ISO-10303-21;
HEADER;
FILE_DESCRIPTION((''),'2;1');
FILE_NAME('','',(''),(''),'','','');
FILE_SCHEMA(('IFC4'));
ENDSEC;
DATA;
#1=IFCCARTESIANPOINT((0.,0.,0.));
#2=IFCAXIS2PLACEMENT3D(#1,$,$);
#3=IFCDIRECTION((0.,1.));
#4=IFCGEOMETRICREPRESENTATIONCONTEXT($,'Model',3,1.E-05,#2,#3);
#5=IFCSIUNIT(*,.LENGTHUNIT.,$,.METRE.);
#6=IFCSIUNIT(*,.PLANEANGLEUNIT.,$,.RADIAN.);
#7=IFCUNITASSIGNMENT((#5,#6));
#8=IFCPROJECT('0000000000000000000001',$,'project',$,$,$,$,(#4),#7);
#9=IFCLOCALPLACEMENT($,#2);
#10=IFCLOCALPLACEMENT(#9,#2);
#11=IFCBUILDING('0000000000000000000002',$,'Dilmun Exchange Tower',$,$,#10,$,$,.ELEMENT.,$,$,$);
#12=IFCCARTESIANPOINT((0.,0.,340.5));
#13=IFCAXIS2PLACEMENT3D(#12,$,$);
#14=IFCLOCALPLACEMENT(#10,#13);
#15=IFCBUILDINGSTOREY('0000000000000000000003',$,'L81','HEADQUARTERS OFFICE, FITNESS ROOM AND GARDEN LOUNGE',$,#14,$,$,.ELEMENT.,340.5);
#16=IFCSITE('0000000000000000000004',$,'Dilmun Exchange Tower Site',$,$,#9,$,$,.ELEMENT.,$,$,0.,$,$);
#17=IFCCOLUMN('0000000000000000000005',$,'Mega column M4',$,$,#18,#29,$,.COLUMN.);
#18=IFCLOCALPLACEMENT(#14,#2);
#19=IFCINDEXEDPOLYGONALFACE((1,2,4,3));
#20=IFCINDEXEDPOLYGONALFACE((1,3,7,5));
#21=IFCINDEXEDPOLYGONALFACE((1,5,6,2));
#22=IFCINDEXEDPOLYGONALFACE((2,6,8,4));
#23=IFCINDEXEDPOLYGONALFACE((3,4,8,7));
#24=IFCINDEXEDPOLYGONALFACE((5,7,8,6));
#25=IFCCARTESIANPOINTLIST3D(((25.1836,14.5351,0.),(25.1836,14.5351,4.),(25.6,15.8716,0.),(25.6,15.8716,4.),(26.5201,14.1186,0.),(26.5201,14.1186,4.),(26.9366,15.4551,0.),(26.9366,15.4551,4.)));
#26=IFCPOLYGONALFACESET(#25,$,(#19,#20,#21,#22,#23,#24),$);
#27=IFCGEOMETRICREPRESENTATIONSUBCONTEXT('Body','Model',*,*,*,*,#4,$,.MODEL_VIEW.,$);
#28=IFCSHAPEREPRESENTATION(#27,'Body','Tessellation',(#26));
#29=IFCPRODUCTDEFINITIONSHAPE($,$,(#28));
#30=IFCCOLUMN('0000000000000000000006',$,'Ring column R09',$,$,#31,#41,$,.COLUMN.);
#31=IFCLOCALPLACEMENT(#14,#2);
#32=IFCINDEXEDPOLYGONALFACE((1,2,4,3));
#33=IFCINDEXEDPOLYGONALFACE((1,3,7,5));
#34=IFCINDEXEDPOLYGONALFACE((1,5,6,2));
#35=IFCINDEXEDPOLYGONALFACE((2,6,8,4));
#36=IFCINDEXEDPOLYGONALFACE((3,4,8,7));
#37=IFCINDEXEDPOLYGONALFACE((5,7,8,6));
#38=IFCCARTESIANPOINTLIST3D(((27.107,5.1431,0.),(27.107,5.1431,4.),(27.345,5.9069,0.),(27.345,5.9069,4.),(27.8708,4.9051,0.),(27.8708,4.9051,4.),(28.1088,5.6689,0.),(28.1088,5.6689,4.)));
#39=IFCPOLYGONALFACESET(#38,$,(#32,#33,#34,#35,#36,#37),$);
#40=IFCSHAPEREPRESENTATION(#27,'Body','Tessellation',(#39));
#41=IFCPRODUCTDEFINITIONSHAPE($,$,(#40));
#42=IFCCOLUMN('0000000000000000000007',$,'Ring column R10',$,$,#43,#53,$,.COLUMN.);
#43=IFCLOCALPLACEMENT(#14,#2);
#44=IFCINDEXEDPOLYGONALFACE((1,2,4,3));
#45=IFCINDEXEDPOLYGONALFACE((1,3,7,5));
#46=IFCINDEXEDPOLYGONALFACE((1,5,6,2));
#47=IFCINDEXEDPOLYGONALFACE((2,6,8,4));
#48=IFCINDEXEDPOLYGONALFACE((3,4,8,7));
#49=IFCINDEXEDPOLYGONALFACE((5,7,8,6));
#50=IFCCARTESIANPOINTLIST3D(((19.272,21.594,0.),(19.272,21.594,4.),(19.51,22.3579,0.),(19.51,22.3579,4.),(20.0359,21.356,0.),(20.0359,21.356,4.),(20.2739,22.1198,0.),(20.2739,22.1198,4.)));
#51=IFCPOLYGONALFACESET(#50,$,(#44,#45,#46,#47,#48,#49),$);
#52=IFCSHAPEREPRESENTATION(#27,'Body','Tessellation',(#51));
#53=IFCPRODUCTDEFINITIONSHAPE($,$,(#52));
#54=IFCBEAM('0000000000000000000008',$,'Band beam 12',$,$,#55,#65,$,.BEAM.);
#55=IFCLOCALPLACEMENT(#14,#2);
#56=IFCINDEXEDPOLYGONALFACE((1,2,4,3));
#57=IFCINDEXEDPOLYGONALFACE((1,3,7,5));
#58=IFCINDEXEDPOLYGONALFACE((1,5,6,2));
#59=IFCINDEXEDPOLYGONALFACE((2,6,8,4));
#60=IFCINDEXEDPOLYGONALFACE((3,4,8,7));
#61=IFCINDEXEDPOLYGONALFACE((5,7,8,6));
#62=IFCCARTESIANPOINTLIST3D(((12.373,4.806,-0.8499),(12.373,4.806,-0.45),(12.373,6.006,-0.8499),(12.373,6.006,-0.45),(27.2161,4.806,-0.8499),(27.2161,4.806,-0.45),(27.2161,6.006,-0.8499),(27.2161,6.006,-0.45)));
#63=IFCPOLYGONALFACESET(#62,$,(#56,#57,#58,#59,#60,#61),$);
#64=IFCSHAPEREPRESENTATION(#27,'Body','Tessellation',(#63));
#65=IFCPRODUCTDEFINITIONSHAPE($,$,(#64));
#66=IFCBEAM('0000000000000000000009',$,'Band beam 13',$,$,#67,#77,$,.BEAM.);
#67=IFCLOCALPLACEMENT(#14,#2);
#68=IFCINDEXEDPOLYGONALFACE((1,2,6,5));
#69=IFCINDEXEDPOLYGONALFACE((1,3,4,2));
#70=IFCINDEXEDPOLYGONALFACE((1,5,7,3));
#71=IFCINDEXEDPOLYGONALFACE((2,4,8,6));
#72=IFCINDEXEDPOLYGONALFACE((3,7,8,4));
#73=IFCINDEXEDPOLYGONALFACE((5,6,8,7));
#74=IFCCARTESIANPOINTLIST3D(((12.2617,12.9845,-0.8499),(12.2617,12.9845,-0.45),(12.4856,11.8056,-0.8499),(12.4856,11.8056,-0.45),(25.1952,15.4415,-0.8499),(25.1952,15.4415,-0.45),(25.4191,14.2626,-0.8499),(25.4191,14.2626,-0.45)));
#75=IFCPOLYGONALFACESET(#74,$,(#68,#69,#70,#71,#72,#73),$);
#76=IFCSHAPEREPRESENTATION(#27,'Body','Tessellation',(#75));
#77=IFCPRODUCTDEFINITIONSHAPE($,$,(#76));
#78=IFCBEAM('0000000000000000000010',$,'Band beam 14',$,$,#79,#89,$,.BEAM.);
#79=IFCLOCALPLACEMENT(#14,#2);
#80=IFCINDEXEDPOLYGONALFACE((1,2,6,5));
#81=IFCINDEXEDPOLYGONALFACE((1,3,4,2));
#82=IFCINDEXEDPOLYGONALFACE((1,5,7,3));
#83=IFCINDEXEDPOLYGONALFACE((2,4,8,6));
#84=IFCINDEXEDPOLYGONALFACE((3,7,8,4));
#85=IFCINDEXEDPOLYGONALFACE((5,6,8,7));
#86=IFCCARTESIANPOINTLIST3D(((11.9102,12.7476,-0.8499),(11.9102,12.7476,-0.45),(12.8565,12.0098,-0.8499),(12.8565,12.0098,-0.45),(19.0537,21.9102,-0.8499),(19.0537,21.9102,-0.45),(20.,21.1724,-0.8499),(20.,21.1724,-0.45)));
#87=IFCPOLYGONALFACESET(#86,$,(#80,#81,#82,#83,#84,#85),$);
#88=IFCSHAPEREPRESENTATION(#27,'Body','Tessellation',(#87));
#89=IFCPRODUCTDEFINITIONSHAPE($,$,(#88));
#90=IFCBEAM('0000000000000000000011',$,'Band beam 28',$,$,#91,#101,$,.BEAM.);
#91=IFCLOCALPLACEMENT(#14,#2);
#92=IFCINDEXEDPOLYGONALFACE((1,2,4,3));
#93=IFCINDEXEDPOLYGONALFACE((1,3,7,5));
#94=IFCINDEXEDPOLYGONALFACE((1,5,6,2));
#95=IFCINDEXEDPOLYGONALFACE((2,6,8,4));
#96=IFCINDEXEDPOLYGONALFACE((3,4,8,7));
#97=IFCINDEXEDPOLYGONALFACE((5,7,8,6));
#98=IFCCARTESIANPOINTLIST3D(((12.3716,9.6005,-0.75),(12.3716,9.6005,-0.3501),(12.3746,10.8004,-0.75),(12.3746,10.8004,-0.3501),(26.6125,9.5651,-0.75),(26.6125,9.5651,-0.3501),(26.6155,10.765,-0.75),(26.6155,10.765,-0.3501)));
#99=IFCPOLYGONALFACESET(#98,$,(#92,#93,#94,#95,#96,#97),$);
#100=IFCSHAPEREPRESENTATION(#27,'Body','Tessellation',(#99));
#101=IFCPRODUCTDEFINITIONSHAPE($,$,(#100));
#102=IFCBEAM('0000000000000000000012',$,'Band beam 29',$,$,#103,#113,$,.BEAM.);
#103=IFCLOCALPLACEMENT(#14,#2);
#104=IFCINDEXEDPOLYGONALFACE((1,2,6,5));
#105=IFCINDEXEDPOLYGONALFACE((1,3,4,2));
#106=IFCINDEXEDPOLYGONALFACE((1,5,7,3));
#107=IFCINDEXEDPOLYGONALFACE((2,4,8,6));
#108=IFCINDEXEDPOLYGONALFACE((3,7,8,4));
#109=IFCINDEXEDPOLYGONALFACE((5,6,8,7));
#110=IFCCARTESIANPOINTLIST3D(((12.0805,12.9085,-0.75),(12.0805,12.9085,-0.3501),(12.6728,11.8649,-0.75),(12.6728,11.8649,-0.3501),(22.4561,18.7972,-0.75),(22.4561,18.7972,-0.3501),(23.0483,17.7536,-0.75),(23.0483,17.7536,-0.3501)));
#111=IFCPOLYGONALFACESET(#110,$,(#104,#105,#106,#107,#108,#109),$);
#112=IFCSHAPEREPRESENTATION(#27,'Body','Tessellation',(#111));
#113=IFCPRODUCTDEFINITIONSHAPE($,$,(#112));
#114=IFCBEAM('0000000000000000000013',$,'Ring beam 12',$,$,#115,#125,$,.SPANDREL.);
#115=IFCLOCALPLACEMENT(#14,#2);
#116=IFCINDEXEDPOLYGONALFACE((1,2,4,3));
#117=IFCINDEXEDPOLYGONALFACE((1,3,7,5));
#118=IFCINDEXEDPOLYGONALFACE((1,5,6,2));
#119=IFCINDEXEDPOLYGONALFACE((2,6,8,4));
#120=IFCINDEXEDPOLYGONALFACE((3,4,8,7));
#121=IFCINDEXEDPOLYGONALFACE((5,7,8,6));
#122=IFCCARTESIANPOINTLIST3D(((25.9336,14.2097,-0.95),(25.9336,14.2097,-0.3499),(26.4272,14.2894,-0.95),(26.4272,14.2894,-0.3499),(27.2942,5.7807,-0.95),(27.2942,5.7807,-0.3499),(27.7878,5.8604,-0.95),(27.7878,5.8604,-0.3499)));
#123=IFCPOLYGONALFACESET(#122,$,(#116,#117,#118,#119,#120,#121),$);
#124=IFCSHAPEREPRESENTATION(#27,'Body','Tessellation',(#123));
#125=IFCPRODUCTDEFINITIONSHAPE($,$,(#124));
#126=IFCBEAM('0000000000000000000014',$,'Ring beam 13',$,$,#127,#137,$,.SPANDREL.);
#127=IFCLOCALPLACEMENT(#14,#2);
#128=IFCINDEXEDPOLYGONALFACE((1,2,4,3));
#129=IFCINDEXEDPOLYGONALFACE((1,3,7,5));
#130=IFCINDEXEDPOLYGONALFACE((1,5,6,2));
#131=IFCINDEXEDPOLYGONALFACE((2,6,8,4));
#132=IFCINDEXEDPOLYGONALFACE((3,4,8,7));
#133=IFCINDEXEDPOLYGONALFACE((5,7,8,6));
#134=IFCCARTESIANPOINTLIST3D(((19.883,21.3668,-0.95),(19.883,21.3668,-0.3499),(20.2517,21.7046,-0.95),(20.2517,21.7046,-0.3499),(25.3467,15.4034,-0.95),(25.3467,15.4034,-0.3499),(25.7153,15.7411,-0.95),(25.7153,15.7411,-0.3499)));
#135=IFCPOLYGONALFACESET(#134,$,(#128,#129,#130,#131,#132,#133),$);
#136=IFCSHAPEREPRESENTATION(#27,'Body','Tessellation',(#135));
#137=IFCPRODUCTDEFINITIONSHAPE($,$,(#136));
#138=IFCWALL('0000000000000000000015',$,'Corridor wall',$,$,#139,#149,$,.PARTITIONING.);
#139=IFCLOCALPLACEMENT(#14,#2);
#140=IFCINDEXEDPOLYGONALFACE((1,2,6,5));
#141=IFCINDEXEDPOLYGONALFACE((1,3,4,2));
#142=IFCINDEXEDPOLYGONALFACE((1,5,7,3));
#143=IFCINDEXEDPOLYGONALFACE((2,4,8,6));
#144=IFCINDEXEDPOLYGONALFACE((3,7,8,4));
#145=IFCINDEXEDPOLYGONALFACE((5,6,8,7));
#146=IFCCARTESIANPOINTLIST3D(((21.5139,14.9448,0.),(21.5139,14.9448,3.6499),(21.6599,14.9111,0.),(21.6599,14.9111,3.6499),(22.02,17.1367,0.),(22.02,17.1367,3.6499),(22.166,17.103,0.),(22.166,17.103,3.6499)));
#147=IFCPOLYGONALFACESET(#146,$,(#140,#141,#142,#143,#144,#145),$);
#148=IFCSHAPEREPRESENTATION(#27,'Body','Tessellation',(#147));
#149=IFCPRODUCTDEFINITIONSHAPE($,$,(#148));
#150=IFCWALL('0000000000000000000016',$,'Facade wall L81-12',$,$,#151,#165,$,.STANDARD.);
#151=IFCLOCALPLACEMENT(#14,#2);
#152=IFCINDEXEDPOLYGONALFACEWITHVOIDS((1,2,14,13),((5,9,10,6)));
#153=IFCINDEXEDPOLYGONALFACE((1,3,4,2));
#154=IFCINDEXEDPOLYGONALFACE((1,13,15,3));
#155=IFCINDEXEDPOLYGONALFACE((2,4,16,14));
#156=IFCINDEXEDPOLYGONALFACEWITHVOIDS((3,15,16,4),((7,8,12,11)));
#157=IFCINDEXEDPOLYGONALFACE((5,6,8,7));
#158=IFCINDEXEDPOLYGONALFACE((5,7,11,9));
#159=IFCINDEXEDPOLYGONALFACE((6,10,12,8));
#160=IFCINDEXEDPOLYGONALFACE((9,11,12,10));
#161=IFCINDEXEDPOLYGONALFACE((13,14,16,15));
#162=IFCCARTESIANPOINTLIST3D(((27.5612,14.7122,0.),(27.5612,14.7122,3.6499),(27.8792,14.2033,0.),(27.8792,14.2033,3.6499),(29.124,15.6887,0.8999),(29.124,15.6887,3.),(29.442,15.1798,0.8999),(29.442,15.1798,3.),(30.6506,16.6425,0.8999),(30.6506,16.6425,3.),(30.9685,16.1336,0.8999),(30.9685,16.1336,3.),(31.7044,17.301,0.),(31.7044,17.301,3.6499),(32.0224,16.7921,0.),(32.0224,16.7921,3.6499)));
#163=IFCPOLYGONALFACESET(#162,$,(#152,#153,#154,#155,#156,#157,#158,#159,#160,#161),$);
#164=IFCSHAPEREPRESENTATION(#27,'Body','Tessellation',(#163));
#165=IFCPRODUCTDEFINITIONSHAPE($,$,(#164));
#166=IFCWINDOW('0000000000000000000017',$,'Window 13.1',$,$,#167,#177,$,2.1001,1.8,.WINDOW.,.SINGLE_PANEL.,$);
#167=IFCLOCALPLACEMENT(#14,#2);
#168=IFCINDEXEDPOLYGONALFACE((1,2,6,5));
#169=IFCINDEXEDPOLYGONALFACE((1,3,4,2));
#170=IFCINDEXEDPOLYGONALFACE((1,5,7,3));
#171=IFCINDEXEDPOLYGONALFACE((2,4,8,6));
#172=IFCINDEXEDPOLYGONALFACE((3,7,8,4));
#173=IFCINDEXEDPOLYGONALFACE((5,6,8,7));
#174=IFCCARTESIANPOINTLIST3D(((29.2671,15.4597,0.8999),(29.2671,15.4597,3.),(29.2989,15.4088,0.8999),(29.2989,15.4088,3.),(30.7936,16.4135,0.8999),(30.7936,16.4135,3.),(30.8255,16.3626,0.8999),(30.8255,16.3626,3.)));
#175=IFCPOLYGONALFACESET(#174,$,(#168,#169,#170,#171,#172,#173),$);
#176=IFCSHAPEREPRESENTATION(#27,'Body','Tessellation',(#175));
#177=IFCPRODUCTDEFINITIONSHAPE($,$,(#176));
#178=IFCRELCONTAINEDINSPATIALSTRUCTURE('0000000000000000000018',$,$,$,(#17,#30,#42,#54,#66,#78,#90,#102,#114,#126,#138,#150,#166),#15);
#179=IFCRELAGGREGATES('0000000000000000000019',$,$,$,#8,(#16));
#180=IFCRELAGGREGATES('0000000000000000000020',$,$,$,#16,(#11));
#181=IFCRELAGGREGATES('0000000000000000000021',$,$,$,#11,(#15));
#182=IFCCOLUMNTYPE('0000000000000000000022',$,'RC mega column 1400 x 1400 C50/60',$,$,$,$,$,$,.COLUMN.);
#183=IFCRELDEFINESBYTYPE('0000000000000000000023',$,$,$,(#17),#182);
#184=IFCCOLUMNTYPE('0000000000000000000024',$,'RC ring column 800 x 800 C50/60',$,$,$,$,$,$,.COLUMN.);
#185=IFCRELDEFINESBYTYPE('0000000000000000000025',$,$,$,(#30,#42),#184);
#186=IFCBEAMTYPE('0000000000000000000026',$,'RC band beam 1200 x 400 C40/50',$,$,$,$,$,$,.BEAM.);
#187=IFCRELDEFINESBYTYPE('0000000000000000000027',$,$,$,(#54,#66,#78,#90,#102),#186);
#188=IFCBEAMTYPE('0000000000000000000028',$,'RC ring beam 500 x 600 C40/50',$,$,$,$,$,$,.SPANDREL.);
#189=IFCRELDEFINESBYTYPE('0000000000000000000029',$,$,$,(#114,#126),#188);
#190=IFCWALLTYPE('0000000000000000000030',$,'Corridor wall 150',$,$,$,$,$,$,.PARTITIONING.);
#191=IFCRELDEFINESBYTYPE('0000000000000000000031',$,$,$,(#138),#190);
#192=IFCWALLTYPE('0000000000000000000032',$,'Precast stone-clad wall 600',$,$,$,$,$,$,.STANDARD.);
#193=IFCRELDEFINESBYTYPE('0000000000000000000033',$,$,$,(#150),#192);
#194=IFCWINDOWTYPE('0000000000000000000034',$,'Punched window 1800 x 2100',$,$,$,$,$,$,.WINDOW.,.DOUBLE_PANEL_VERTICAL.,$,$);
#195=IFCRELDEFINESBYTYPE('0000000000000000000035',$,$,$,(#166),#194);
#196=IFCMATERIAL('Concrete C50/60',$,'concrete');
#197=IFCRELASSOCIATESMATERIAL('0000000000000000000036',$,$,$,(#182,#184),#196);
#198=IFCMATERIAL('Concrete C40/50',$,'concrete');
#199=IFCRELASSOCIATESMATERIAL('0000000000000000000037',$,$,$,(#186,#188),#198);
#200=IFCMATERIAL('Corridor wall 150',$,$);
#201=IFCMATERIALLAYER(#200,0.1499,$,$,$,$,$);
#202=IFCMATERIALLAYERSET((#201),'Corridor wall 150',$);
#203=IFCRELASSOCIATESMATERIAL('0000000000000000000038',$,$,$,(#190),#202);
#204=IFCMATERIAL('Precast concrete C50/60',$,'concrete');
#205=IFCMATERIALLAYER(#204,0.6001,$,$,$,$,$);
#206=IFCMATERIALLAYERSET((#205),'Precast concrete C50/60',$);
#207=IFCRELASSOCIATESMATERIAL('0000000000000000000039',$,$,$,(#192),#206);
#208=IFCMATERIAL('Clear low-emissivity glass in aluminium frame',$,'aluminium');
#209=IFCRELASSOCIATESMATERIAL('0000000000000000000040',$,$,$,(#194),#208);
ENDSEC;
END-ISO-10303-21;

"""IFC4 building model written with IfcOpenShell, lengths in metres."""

from ifc_helpers import new_model, si_unit, direction, frame, frame_2d, origin, origin_2d, place, context, subcontext, project, spatial, rectangle, extrude, material, layer, layer_set, material_profile, profile_set, type_object, element, fill, save


model = new_model("IFC4")

# Units and contexts
model_context = context("Model", 3, precision=1e-05, world=origin(), true_north=direction((0.0, 1.0)))
body_context = subcontext(model_context, "Body", "Model", "MODEL_VIEW")
ifc_project = project(units=[si_unit("LENGTHUNIT", "METRE"), si_unit("PLANEANGLEUNIT", "RADIAN")], contexts=[model_context])

# Site, building, storey
site_placement = place(None, origin())
site = spatial("IfcSite", under=ifc_project, at=site_placement, Name="Dilmun Exchange Tower Site", CompositionType="ELEMENT", RefElevation=0.0)
building_placement = place(site_placement, origin())
building = spatial("IfcBuilding", under=site, at=building_placement, Name="Dilmun Exchange Tower", CompositionType="ELEMENT")
storey_placement = place(building_placement, frame((0.0, 0.0, 340.5)))
storey = spatial("IfcBuildingStorey", under=building, at=storey_placement, Name="L81", Description="HEADQUARTERS OFFICE, FITNESS ROOM AND GARDEN LOUNGE", CompositionType="ELEMENT", Elevation=340.5)

# Columns
ifc_material_1 = material(Name="Concrete C50/60", Category="concrete")
ifc_material_profile_1 = material_profile(ifc_material_1, rectangle(XDim=1.3999, YDim=1.3999, at=origin_2d()), Name="1400 x 1400")
ifc_profile_set_1 = profile_set([ifc_material_profile_1], Name="Concrete C50/60")
column_type_1 = type_object("IfcColumnType", Name="RC mega column 1400 x 1400 C50/60", PredefinedType="COLUMN", material=ifc_profile_set_1)
column_placement = place(storey_placement, frame((26.0601, 14.9951, 0.0), z_axis=(0.0, 0.0, 1.0), x_axis=(0.297503, 0.954721, 0.0)))
element("IfcColumn", 1, at=column_placement, inside=storey, type_object=column_type_1, Name="Mega column M4", PredefinedType="COLUMN", context=body_context, shape_type="SweptSolid", body=[
    extrude(rectangle(XDim=1.3999, YDim=1.3999, at=origin_2d()), origin(), (0.0, 0.0, 1.0), 4.0),
])
ifc_material_profile_2 = material_profile(ifc_material_1, rectangle(XDim=0.8, YDim=0.8, at=origin_2d()), Name="800 x 800")
ifc_profile_set_2 = profile_set([ifc_material_profile_2], Name="Concrete C50/60")
column_type_2 = type_object("IfcColumnType", Name="RC ring column 800 x 800 C50/60", PredefinedType="COLUMN", material=ifc_profile_set_2)
for number, where, z_axis, x_axis, name in (
    (2, (27.6079, 5.406, 0.0), (0.0, 0.0, 1.0), (0.297503, 0.954721, 0.0), "Ring column R09"),
    (3, (19.7729, 21.8569, 0.0), (0.0, 0.0, 1.0), (0.297503, 0.954721, 0.0), "Ring column R10"),
):
    element("IfcColumn", number, at=place(storey_placement, frame(where, z_axis=z_axis, x_axis=x_axis)), inside=storey, type_object=column_type_2, Name=name, PredefinedType="COLUMN", context=body_context, shape_type="SweptSolid", body=[
        extrude(rectangle(XDim=0.8, YDim=0.8, at=origin_2d()), origin(), (0.0, 0.0, 1.0), 4.0),
    ])

# Beams
ifc_material_2 = material(Name="Concrete C40/50", Category="concrete")
ifc_material_profile_3 = material_profile(ifc_material_2, rectangle(XDim=1.2, YDim=0.3999, at=origin_2d()), Name="1200 x 400")
ifc_profile_set_3 = profile_set([ifc_material_profile_3], Name="Concrete C40/50")
beam_type_1 = type_object("IfcBeamType", Name="RC band beam 1200 x 400 C40/50", PredefinedType="BEAM", material=ifc_profile_set_3)
beam_1_placement = place(storey_placement, frame((27.2161, 5.406, -0.6499), z_axis=(-1.0, 0.0, 0.0), x_axis=(0.0, -1.0, 0.0)))
element("IfcBeam", 4, at=beam_1_placement, inside=storey, type_object=beam_type_1, Name="Band beam 12", PredefinedType="BEAM", context=body_context, shape_type="SweptSolid", body=[
    extrude(rectangle(XDim=1.2, YDim=0.3999, at=origin_2d()), origin(), (0.0, 0.0, 1.0), 14.843),
])
beam_2_placement = place(storey_placement, frame((25.3071, 14.8521, -0.6499), z_axis=(-0.982429, -0.186635, 0.0), x_axis=(0.186635, -0.982429, 0.0)))
element("IfcBeam", 5, at=beam_2_placement, inside=storey, type_object=beam_type_1, Name="Band beam 13", PredefinedType="BEAM", context=body_context, shape_type="SweptSolid", body=[
    extrude(rectangle(XDim=1.2, YDim=0.3999, at=origin_2d()), origin(), (0.0, 0.0, 1.0), 13.1648),
])
beam_3_placement = place(storey_placement, frame((19.5269, 21.5413, -0.6499), z_axis=(-0.614857, -0.788639, 0.0), x_axis=(0.788639, -0.614857, 0.0)))
element("IfcBeam", 6, at=beam_3_placement, inside=storey, type_object=beam_type_1, Name="Band beam 14", PredefinedType="BEAM", context=body_context, shape_type="SweptSolid", body=[
    extrude(rectangle(XDim=1.2, YDim=0.3999, at=origin_2d()), origin(), (0.0, 0.0, 1.0), 11.6182),
])
beam_4_placement = place(storey_placement, frame((26.614, 10.165, -0.55), z_axis=(-0.999997, 0.002486, 0.0), x_axis=(-0.002486, -0.999997, 0.0)))
element("IfcBeam", 7, at=beam_4_placement, inside=storey, type_object=beam_type_1, Name="Band beam 28", PredefinedType="BEAM", context=body_context, shape_type="SweptSolid", body=[
    extrude(rectangle(XDim=1.2, YDim=0.3999, at=origin_2d()), origin(), (0.0, 0.0, 1.0), 14.241),
])
beam_5_placement = place(storey_placement, frame((22.7522, 18.2754, -0.55), z_axis=(-0.86969, -0.493598, 0.0), x_axis=(0.493598, -0.86969, 0.0)))
element("IfcBeam", 8, at=beam_5_placement, inside=storey, type_object=beam_type_1, Name="Band beam 29", PredefinedType="BEAM", context=body_context, shape_type="SweptSolid", body=[
    extrude(rectangle(XDim=1.2, YDim=0.3999, at=origin_2d()), origin(), (0.0, 0.0, 1.0), 11.9302),
])
ifc_material_profile_4 = material_profile(ifc_material_2, rectangle(XDim=0.5, YDim=0.6001, at=origin_2d()), Name="500 x 600")
ifc_profile_set_4 = profile_set([ifc_material_profile_4], Name="Concrete C40/50")
beam_type_2 = type_object("IfcBeamType", Name="RC ring beam 500 x 600 C40/50", PredefinedType="SPANDREL", material=ifc_profile_set_4)
beam_6_placement = place(storey_placement, frame((27.541, 5.8206, -0.6499), z_axis=(-0.159357, 0.987221, 0.0), x_axis=(-0.987221, -0.159357, 0.0)))
element("IfcBeam", 9, at=beam_6_placement, inside=storey, type_object=beam_type_2, Name="Ring beam 12", PredefinedType="SPANDREL", context=body_context, shape_type="SweptSolid", body=[
    extrude(rectangle(XDim=0.5, YDim=0.6001, at=origin_2d()), origin(), (0.0, 0.0, 1.0), 8.5381),
])
beam_7_placement = place(storey_placement, frame((25.531, 15.5723, -0.6499), z_axis=(-0.675536, 0.737327, 0.0), x_axis=(-0.737327, -0.675536, 0.0)))
element("IfcBeam", 10, at=beam_7_placement, inside=storey, type_object=beam_type_2, Name="Ring beam 13", PredefinedType="SPANDREL", context=body_context, shape_type="SweptSolid", body=[
    extrude(rectangle(XDim=0.5, YDim=0.6001, at=origin_2d()), origin(), (0.0, 0.0, 1.0), 8.0879),
])

# Wall
ifc_material_3 = material(Name="Corridor wall 150")
ifc_layer_1 = layer(ifc_material_3, 0.1499)
ifc_layer_set_1 = layer_set([ifc_layer_1], Name="Corridor wall 150")
wall_type_1 = type_object("IfcWallType", Name="Corridor wall 150", PredefinedType="PARTITIONING", material=ifc_layer_set_1)
wall_1_placement = place(storey_placement, frame((21.5869, 14.928, 0.0), z_axis=(0.0, 0.0, 1.0), x_axis=(0.224978, 0.974364, 0.0)))
element("IfcWall", 11, at=wall_1_placement, inside=storey, type_object=wall_type_1, Name="Corridor wall", PredefinedType="PARTITIONING", context=body_context, shape_type="SweptSolid", body=[
    extrude(rectangle(XDim=2.2495, YDim=0.1499, at=frame_2d((1.1248, 0.0))), origin(), (0.0, 0.0, 1.0), 3.6499),
])

# Wall, opening, window
ifc_material_4 = material(Name="Precast concrete C50/60", Category="concrete")
ifc_layer_2 = layer(ifc_material_4, 0.6001)
ifc_layer_set_2 = layer_set([ifc_layer_2], Name="Precast concrete C50/60")
wall_type_2 = type_object("IfcWallType", Name="Precast stone-clad wall 600", PredefinedType="STANDARD", material=ifc_layer_set_2)
wall_2_placement = place(storey_placement, frame((31.8635, 17.0466, 0.0), z_axis=(0.0, 0.0, 1.0), x_axis=(-0.848063, -0.529896, 0.0)))
wall_2 = element("IfcWall", 12, at=wall_2_placement, inside=storey, type_object=wall_type_2, Name="Facade wall L81-12", PredefinedType="STANDARD", context=body_context, shape_type="SweptSolid", body=[
    extrude(rectangle(XDim=4.8855, YDim=0.6001, at=frame_2d((2.4429, 0.0))), origin(), (0.0, 0.0, 1.0), 3.6499),
])
opening_1_placement = place(wall_2_placement, frame((1.2429, 0.0, 0.8999)))
opening_1 = element("IfcOpeningElement", 13, at=opening_1_placement, cuts=wall_2, PredefinedType="OPENING", context=body_context, shape_type="SweptSolid", body=[
    extrude(rectangle(XDim=1.8, YDim=2.1001, at=frame_2d((0.8999, 1.05))), frame((0.0, 0.3101, 0.0), z_axis=(0.0, -1.0, 0.0), x_axis=(1.0, 0.0, 0.0)), (0.0, 0.0, 1.0), 0.6201),
])
ifc_material_5 = material(Name="Clear low-emissivity glass in aluminium frame", Category="aluminium")
window_type_1 = type_object("IfcWindowType", Name="Punched window 1800 x 2100", PartitioningType="DOUBLE_PANEL_VERTICAL", PredefinedType="WINDOW", material=ifc_material_5)
window_1_placement = place(opening_1_placement, origin())
window_1 = element("IfcWindow", 14, at=window_1_placement, inside=storey, type_object=window_type_1, Name="Window 13.1", OverallHeight=2.1001, OverallWidth=1.8, PartitioningType="SINGLE_PANEL", PredefinedType="WINDOW", context=body_context, shape_type="SweptSolid", body=[
    extrude(rectangle(XDim=1.8, YDim=2.1001, at=frame_2d((0.8999, 1.05))), frame((0.0, 0.03, 0.0), z_axis=(0.0, -1.0, 0.0), x_axis=(1.0, 0.0, 0.0)), (0.0, 0.0, 1.0), 0.0601),
])
fill(opening_1, window_1)

save(model, "model.ifc")
